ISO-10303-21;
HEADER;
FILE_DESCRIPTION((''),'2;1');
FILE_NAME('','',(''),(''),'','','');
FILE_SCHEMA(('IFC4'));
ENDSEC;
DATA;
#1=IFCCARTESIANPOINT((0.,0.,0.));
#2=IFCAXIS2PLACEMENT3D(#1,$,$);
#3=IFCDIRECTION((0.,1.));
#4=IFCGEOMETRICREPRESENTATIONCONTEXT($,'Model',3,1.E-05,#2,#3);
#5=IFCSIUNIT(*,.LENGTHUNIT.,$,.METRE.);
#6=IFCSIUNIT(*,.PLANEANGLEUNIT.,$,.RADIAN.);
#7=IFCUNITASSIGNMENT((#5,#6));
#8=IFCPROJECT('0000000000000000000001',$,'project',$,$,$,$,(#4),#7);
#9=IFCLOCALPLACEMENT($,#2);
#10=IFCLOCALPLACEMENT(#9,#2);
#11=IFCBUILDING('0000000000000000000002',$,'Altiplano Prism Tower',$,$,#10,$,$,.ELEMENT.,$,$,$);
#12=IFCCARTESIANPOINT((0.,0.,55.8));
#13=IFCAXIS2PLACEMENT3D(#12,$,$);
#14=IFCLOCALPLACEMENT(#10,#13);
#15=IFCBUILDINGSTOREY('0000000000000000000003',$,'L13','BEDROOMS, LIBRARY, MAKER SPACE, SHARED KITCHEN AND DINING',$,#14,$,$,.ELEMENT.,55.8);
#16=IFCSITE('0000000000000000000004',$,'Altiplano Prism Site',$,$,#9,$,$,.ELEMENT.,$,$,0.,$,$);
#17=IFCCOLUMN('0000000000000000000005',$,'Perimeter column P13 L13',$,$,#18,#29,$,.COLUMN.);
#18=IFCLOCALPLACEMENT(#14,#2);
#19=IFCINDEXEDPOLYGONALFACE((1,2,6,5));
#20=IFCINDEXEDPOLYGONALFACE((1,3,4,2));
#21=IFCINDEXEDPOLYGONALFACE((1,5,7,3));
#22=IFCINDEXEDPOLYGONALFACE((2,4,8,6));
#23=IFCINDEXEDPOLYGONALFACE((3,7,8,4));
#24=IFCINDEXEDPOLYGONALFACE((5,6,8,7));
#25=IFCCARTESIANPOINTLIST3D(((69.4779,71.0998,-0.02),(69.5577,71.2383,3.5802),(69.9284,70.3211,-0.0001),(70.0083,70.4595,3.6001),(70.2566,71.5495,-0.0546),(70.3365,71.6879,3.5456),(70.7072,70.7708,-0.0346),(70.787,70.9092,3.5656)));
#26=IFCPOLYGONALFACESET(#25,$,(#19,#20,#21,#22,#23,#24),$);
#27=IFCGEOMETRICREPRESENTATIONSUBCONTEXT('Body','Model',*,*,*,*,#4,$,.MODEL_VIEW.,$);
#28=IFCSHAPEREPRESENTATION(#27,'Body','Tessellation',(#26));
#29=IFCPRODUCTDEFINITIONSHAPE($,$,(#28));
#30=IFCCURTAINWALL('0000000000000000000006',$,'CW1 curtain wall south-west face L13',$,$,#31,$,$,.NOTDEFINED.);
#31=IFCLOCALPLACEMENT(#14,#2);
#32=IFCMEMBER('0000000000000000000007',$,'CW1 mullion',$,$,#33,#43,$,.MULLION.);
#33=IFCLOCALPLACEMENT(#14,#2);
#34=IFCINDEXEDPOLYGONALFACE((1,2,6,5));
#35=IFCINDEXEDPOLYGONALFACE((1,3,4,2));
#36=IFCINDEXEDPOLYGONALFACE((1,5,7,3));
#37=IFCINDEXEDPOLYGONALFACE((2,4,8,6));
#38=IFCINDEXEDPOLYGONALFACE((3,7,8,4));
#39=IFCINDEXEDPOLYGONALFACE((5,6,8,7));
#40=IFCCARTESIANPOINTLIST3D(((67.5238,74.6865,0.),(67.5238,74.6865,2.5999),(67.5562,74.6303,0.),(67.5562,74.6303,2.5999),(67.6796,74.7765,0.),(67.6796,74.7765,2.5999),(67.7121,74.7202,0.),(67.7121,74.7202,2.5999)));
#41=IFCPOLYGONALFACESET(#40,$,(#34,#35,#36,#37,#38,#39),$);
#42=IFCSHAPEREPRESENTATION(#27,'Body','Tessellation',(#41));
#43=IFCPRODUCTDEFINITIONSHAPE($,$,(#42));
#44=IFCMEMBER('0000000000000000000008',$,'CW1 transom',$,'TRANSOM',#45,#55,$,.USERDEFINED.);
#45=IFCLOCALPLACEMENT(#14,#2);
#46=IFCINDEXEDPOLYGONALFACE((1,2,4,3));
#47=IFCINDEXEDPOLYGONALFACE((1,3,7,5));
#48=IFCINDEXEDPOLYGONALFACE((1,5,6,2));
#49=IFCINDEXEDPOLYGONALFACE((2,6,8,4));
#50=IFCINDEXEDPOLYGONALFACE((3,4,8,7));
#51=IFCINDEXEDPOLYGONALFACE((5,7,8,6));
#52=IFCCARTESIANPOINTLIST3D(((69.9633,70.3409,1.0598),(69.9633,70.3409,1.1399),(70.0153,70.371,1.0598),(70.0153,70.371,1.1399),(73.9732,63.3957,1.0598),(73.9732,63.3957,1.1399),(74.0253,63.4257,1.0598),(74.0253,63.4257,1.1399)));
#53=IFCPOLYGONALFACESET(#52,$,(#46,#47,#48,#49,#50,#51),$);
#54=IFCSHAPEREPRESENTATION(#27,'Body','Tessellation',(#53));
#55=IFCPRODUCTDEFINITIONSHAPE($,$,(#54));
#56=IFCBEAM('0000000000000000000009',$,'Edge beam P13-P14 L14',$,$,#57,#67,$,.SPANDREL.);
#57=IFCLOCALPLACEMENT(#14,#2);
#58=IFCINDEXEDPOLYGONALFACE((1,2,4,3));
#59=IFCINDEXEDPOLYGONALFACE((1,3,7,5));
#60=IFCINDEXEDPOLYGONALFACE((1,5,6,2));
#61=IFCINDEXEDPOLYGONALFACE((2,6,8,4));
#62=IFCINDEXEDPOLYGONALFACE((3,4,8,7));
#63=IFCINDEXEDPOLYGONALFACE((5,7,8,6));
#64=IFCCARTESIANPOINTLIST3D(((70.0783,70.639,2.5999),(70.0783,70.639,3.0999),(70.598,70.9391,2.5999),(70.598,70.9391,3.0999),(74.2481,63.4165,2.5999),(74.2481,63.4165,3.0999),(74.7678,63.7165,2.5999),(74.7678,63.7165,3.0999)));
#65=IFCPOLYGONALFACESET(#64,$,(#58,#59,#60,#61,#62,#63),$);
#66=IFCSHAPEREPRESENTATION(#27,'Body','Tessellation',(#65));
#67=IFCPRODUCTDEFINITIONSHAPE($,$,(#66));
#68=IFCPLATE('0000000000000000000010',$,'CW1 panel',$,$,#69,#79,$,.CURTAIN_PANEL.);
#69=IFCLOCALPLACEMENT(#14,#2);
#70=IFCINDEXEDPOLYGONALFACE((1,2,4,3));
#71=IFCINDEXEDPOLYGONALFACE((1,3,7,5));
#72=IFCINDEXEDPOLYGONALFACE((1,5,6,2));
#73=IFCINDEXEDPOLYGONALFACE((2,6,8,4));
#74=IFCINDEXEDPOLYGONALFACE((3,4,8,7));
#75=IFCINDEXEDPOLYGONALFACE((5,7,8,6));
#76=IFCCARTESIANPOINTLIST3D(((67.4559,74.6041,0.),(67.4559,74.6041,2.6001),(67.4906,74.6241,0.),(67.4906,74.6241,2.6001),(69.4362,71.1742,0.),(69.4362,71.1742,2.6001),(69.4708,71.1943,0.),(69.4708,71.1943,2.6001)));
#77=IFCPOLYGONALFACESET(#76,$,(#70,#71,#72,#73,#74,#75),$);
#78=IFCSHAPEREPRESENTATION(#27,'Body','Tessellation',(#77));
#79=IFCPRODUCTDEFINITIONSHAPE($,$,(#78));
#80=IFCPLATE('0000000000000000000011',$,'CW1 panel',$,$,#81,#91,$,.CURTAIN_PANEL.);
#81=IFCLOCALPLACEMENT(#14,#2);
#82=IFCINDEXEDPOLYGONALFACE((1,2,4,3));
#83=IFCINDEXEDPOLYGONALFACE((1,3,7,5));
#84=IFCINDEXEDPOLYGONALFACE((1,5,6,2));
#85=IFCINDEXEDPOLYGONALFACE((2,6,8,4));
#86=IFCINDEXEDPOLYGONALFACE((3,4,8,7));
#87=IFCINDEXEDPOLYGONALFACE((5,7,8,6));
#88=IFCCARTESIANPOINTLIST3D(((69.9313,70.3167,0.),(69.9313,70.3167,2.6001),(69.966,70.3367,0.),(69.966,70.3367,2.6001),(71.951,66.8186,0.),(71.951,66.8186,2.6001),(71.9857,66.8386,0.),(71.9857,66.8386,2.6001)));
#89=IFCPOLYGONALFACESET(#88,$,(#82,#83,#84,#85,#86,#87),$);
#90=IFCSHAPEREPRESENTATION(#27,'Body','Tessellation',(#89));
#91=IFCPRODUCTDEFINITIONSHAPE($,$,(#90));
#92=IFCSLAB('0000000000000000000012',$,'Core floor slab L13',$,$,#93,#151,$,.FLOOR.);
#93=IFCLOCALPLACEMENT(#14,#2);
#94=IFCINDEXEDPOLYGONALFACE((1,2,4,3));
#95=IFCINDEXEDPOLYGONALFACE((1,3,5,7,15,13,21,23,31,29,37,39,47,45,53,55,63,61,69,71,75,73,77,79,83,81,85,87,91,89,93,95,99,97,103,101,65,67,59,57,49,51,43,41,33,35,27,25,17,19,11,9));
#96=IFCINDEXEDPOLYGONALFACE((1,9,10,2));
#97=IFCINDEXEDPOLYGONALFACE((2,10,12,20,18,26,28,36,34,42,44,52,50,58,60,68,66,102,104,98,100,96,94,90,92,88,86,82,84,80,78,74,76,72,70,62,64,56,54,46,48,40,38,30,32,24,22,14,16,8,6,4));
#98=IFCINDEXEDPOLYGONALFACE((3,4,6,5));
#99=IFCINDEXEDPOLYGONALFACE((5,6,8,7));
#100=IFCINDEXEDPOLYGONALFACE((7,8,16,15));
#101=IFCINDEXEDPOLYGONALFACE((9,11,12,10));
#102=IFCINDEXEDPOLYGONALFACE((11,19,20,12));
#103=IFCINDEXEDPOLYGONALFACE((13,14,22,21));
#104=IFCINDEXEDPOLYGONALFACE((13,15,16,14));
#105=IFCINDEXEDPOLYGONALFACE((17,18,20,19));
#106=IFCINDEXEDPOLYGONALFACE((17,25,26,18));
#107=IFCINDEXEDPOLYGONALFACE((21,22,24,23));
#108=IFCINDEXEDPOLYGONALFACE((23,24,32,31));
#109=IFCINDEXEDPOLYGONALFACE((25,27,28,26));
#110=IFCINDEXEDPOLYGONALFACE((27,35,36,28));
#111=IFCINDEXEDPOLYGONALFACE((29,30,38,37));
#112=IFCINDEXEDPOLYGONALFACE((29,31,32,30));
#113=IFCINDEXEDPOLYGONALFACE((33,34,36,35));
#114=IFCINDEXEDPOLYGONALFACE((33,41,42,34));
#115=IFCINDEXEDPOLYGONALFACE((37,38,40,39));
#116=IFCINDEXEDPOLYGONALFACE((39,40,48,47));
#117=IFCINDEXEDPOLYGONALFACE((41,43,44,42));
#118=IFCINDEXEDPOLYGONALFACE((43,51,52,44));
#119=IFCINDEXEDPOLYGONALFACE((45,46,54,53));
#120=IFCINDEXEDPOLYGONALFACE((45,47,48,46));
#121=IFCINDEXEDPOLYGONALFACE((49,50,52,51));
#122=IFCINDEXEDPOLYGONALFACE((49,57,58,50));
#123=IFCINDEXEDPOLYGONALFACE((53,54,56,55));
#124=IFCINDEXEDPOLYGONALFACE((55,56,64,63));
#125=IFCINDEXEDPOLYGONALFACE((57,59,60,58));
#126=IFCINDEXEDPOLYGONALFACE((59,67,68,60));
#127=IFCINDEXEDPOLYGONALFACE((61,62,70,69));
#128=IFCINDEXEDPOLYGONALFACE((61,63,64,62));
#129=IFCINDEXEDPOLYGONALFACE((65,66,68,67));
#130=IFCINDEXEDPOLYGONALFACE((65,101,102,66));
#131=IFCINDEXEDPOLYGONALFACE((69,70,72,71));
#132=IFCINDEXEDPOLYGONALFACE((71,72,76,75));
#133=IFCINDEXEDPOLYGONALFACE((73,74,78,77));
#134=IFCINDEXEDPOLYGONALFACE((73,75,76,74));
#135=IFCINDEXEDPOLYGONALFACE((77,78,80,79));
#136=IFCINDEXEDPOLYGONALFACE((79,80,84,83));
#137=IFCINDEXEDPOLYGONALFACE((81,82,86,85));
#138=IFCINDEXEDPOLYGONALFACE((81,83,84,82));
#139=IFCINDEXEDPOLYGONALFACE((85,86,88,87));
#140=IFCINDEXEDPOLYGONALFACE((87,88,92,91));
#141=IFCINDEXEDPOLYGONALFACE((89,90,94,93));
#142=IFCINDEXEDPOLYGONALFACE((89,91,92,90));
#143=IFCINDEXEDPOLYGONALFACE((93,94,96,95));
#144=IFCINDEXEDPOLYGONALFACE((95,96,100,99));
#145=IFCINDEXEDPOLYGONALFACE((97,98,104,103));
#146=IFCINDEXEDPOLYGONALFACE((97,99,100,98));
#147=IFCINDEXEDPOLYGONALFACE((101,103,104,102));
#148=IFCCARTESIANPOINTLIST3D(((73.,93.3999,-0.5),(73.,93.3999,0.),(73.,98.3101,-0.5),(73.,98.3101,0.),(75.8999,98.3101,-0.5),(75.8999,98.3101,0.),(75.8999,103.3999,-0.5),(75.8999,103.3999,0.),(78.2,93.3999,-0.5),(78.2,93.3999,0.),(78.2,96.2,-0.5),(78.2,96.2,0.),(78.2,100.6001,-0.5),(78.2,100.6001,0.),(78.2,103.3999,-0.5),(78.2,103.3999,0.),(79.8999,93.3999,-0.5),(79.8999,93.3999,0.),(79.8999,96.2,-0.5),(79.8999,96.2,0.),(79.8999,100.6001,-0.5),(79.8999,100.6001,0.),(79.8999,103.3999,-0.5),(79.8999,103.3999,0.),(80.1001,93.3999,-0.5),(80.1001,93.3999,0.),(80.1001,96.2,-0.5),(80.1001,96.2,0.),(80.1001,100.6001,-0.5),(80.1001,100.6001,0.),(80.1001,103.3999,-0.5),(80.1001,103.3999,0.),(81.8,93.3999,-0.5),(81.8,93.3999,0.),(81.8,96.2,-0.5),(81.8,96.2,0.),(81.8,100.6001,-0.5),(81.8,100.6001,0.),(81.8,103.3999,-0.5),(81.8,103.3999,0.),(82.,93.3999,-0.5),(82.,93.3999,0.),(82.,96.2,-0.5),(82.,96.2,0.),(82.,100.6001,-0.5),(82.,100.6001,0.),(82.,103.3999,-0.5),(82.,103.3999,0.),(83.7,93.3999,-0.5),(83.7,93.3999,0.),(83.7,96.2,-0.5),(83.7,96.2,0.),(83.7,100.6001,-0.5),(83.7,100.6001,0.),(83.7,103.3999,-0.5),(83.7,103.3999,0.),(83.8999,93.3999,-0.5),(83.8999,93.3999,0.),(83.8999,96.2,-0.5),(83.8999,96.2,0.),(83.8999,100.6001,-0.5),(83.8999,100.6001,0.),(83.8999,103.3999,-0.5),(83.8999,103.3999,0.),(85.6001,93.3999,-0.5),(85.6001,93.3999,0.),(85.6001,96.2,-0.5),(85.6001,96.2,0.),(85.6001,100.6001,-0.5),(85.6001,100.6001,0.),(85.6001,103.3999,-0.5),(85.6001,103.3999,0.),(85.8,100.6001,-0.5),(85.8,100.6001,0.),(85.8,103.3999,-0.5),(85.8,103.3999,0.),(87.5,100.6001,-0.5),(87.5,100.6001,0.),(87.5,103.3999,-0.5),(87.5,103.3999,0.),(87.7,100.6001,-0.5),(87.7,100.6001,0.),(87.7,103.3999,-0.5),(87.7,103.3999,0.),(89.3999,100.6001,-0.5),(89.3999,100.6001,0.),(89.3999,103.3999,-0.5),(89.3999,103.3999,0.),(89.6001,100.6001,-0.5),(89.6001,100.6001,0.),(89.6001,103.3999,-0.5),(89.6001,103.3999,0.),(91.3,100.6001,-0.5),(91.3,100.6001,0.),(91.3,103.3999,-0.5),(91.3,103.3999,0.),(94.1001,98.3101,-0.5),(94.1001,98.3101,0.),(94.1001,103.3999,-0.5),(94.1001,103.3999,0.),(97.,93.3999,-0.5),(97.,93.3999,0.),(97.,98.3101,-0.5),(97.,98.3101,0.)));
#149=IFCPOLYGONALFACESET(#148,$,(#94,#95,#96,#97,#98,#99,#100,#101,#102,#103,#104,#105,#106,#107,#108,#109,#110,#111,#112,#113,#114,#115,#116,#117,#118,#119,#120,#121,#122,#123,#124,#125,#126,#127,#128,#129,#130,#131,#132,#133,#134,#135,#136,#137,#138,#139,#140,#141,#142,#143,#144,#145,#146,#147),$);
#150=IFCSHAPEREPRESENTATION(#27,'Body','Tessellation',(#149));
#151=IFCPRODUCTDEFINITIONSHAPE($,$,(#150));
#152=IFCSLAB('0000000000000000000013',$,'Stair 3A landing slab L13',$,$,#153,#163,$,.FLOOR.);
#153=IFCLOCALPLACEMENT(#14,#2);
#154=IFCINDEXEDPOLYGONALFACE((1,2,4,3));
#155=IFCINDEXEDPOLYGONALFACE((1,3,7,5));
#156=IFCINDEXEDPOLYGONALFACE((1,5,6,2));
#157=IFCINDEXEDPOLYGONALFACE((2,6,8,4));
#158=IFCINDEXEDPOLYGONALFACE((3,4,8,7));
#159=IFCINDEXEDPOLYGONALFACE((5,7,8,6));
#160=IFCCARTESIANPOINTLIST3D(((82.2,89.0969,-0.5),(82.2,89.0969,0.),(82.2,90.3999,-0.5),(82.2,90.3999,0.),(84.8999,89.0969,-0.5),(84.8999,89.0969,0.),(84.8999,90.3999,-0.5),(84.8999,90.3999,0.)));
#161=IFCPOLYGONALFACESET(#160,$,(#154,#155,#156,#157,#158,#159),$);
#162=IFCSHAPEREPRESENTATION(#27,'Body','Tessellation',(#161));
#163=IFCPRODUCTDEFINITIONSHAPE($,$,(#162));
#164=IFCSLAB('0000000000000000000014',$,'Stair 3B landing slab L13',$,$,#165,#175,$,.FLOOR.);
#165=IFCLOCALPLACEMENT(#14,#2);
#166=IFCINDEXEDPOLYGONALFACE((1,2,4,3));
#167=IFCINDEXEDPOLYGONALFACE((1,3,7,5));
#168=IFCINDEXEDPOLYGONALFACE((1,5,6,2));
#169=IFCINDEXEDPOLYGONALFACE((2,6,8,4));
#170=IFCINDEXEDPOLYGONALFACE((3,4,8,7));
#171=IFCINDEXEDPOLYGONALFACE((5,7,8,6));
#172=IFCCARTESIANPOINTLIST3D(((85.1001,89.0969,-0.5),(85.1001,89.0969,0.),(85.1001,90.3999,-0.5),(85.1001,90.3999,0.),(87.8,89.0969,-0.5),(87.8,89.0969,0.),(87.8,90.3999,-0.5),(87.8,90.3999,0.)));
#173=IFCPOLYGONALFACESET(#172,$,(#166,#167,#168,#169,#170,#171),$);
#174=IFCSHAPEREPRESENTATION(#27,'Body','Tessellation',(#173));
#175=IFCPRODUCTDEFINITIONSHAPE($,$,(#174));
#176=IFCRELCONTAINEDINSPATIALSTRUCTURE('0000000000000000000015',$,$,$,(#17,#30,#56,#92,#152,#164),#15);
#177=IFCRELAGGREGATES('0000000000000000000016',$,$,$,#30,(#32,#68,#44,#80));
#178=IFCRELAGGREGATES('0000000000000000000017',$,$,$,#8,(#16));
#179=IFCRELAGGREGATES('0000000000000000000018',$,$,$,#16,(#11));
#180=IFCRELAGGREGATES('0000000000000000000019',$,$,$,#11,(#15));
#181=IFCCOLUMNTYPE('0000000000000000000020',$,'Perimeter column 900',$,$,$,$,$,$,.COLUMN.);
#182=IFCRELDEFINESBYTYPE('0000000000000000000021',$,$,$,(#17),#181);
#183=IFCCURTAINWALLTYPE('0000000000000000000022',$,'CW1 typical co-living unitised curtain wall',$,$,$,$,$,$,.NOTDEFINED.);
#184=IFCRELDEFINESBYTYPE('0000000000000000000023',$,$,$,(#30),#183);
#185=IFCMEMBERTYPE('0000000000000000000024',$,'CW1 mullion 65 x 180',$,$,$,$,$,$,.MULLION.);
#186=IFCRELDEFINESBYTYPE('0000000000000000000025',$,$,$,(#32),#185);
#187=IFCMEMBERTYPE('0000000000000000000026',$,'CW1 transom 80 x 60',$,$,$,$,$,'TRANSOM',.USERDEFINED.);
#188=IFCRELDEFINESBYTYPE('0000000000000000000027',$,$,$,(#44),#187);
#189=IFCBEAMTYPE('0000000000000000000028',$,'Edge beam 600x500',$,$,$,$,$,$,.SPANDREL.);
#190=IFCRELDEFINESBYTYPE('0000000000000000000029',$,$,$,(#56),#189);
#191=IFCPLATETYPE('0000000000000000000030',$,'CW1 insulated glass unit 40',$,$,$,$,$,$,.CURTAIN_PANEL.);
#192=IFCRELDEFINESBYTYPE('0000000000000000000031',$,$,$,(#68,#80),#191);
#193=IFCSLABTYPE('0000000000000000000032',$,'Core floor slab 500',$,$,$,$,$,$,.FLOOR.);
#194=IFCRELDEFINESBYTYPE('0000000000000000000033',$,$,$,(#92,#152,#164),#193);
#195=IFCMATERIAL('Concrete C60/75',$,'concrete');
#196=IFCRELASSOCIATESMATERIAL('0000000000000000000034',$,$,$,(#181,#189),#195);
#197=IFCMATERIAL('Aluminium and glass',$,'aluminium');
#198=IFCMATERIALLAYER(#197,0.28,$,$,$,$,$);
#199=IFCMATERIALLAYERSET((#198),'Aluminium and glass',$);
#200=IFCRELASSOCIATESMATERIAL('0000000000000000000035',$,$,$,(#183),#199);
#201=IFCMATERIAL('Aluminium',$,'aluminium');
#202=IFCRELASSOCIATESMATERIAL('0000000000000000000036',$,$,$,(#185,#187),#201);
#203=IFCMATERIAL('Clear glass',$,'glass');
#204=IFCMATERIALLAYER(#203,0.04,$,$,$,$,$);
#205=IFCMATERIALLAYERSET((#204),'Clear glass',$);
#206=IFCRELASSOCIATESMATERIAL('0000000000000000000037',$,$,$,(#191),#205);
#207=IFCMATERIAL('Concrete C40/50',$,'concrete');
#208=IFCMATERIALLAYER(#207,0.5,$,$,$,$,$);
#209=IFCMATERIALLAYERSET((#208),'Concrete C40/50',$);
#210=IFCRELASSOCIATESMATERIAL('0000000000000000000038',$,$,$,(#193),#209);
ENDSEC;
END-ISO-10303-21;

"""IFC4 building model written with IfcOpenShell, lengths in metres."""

from ifc_helpers import new_model, si_unit, direction, frame, origin, origin_2d, place, context, subcontext, project, spatial, polyline, rectangle, outline, extrude, material, layer, layer_set, material_profile, profile_set, type_object, element, aggregate, save


model = new_model("IFC4")

# Units and contexts
model_context = context("Model", 3, precision=1e-05, world=origin(), true_north=direction((0.0, 1.0)))
body_context = subcontext(model_context, "Body", "Model", "MODEL_VIEW")
ifc_project = project(units=[si_unit("LENGTHUNIT", "METRE"), si_unit("PLANEANGLEUNIT", "RADIAN")], contexts=[model_context])

# Site, building, storey
site_placement = place(None, origin())
site = spatial("IfcSite", under=ifc_project, at=site_placement, Name="Altiplano Prism Site", CompositionType="ELEMENT", RefElevation=0.0)
building_placement = place(site_placement, origin())
building = spatial("IfcBuilding", under=site, at=building_placement, Name="Altiplano Prism Tower", CompositionType="ELEMENT")
storey_placement = place(building_placement, frame((0.0, 0.0, 55.8)))
storey = spatial("IfcBuildingStorey", under=building, at=storey_placement, Name="L13", Description="BEDROOMS, LIBRARY, MAKER SPACE, SHARED KITCHEN AND DINING", CompositionType="ELEMENT", Elevation=55.8)

# Column
ifc_material_1 = material(Name="Concrete C60/75", Category="concrete")
ifc_material_profile_1 = material_profile(ifc_material_1, rectangle(XDim=0.8999, YDim=0.8999, at=origin_2d()), Name="Perimeter column 900")
ifc_profile_set_1 = profile_set([ifc_material_profile_1], Name="Concrete C60/75")
column_type = type_object("IfcColumnType", Name="Perimeter column 900", PredefinedType="COLUMN", material=ifc_profile_set_1)
column_placement = place(storey_placement, frame((70.0925, 70.9353, -0.0273), z_axis=(0.022154, 0.038413, 0.999016), x_axis=(-0.865362, -0.499674, 0.038403)))
element("IfcColumn", 1, at=column_placement, inside=storey, type_object=column_type, Name="Perimeter column P13 L13", PredefinedType="COLUMN", context=body_context, shape_type="SweptSolid", body=[
    extrude(rectangle(XDim=0.8999, YDim=0.8999, at=origin_2d()), origin(), (0.0, 0.0, 1.0), 3.6038),
])

# Curtain wall, members
ifc_material_2 = material(Name="Aluminium and glass", Category="aluminium")
ifc_layer_1 = layer(ifc_material_2, 0.28)
ifc_layer_set_1 = layer_set([ifc_layer_1], Name="Aluminium and glass")
curtain_wall_type = type_object("IfcCurtainWallType", Name="CW1 typical co-living unitised curtain wall", PredefinedType="NOTDEFINED", material=ifc_layer_set_1)
curtain_wall_placement = place(storey_placement, origin())
curtain_wall = element("IfcCurtainWall", 2, at=curtain_wall_placement, inside=storey, type_object=curtain_wall_type, Name="CW1 curtain wall south-west face L13", PredefinedType="NOTDEFINED")
ifc_material_3 = material(Name="Aluminium", Category="aluminium")
ifc_material_profile_2 = material_profile(ifc_material_3, rectangle(XDim=0.1799, YDim=0.0649, at=origin_2d()), Name="CW1 mullion 65 x 180")
ifc_profile_set_2 = profile_set([ifc_material_profile_2], Name="Aluminium")
member_type_1 = type_object("IfcMemberType", Name="CW1 mullion 65 x 180", PredefinedType="MULLION", material=ifc_profile_set_2)
member_1_placement = place(storey_placement, frame((67.6179, 74.7034, 0.0), z_axis=(0.0, 0.0, 1.0), x_axis=(0.866025, 0.5, 0.0)))
member_1 = element("IfcMember", 3, at=member_1_placement, type_object=member_type_1, Name="CW1 mullion", PredefinedType="MULLION", context=body_context, shape_type="SweptSolid", body=[
    extrude(rectangle(XDim=0.1799, YDim=0.0649, at=origin_2d()), origin(), (0.0, 0.0, 1.0), 2.5999),
])
ifc_material_profile_3 = material_profile(ifc_material_3, rectangle(XDim=0.0601, YDim=0.0801, at=origin_2d()), Name="CW1 transom 80 x 60")
ifc_profile_set_3 = profile_set([ifc_material_profile_3], Name="Aluminium")
member_type_2 = type_object("IfcMemberType", Name="CW1 transom 80 x 60", ElementType="TRANSOM", PredefinedType="USERDEFINED", material=ifc_profile_set_3)
member_2_placement = place(storey_placement, frame((69.9893, 70.356, 1.0999), z_axis=(0.500012, -0.866018, 0.0), x_axis=(0.866018, 0.500012, 0.0)))
member_2 = element("IfcMember", 4, at=member_2_placement, type_object=member_type_2, Name="CW1 transom", ObjectType="TRANSOM", PredefinedType="USERDEFINED", context=body_context, shape_type="SweptSolid", body=[
    extrude(rectangle(XDim=0.0601, YDim=0.0801, at=origin_2d()), origin(), (0.0, 0.0, 1.0), 8.0198),
])

# Beam
ifc_material_profile_4 = material_profile(ifc_material_1, rectangle(XDim=0.6001, YDim=0.5, at=origin_2d()), Name="Edge beam 600x500")
ifc_profile_set_4 = profile_set([ifc_material_profile_4], Name="Concrete C60/75")
beam_type = type_object("IfcBeamType", Name="Edge beam 600x500", PredefinedType="SPANDREL", material=ifc_profile_set_4)
beam_placement = place(storey_placement, frame((70.3381, 70.7891, 2.8499), z_axis=(0.499993, -0.86603, 0.0), x_axis=(0.86603, 0.499993, 0.0)))
element("IfcBeam", 5, at=beam_placement, inside=storey, type_object=beam_type, Name="Edge beam P13-P14 L14", PredefinedType="SPANDREL", context=body_context, shape_type="SweptSolid", body=[
    extrude(rectangle(XDim=0.6001, YDim=0.5, at=origin_2d()), origin(), (0.0, 0.0, 1.0), 8.3398),
])

# Plates
ifc_material_4 = material(Name="Clear glass", Category="glass")
ifc_layer_2 = layer(ifc_material_4, 0.04)
ifc_layer_set_2 = layer_set([ifc_layer_2], Name="Clear glass")
plate_type = type_object("IfcPlateType", Name="CW1 insulated glass unit 40", PredefinedType="CURTAIN_PANEL", material=ifc_layer_set_2)
plate_1_placement = place(storey_placement, frame((68.4634, 72.8992, 0.0), z_axis=(0.0, 0.0, 1.0), x_axis=(0.5, -0.866025, 0.0)))
plate_1 = element("IfcPlate", 6, at=plate_1_placement, type_object=plate_type, Name="CW1 panel", PredefinedType="CURTAIN_PANEL", context=body_context, shape_type="SweptSolid", body=[
    extrude(rectangle(XDim=3.9604, YDim=0.04, at=origin_2d()), origin(), (0.0, 0.0, 1.0), 2.6001),
])
plate_2_placement = place(storey_placement, frame((70.9585, 68.5776, 0.0), z_axis=(0.0, 0.0, 1.0), x_axis=(0.5, -0.866025, 0.0)))
plate_2 = element("IfcPlate", 7, at=plate_2_placement, type_object=plate_type, Name="CW1 panel", PredefinedType="CURTAIN_PANEL", context=body_context, shape_type="SweptSolid", body=[
    extrude(rectangle(XDim=4.0393, YDim=0.04, at=origin_2d()), origin(), (0.0, 0.0, 1.0), 2.6001),
])
aggregate(curtain_wall, [member_1, plate_1, member_2, plate_2])

# Slabs
ifc_material_5 = material(Name="Concrete C40/50", Category="concrete")
ifc_layer_3 = layer(ifc_material_5, 0.5)
ifc_layer_set_3 = layer_set([ifc_layer_3], Name="Concrete C40/50")
slab_type_1 = type_object("IfcSlabType", Name="Core floor slab 500", PredefinedType="FLOOR", material=ifc_layer_set_3)
slab_1_placement = place(storey_placement, frame((0.0, 0.0, -0.5)))
element("IfcSlab", 8, at=slab_1_placement, inside=storey, type_object=slab_type_1, Name="Core floor slab L13", PredefinedType="FLOOR", context=body_context, shape_type="SweptSolid", body=[
    extrude(outline(polyline([(97.0, 98.3101), (94.1001, 98.3101), (94.1001, 103.3999), (91.3, 103.3999), (91.3, 100.6001), (89.6001, 100.6001), (89.6001, 103.3999), (89.3999, 103.3999), (89.3999, 100.6001), (87.7, 100.6001), (87.7, 103.3999), (87.5, 103.3999), (87.5, 100.6001), (85.8, 100.6001), (85.8, 103.3999), (85.6001, 103.3999), (85.6001, 100.6001), (83.8999, 100.6001), (83.8999, 103.3999), (83.7, 103.3999), (83.7, 100.6001), (82.0, 100.6001), (82.0, 103.3999), (81.8, 103.3999), (81.8, 100.6001), (80.1001, 100.6001), (80.1001, 103.3999), (79.8999, 103.3999), (79.8999, 100.6001), (78.2, 100.6001), (78.2, 103.3999), (75.8999, 103.3999), (75.8999, 98.3101), (73.0, 98.3101), (73.0, 93.3999), (78.2, 93.3999), (78.2, 96.2), (79.8999, 96.2), (79.8999, 93.3999), (80.1001, 93.3999), (80.1001, 96.2), (81.8, 96.2), (81.8, 93.3999), (82.0, 93.3999), (82.0, 96.2), (83.7, 96.2), (83.7, 93.3999), (83.8999, 93.3999), (83.8999, 96.2), (85.6001, 96.2), (85.6001, 93.3999), (97.0, 93.3999), (97.0, 98.3101)])), origin(), (0.0, 0.0, 1.0), 0.5),
])
slab_2_placement = place(storey_placement, frame((0.0, 0.0, -0.5)))
element("IfcSlab", 9, at=slab_2_placement, inside=storey, type_object=slab_type_1, Name="Stair 3A landing slab L13", PredefinedType="FLOOR", context=body_context, shape_type="SweptSolid", body=[
    extrude(outline(polyline([(82.2, 89.0969), (84.8999, 89.0969), (84.8999, 90.3999), (82.2, 90.3999), (82.2, 89.0969)])), origin(), (0.0, 0.0, 1.0), 0.5),
])
slab_3_placement = place(storey_placement, frame((0.0, 0.0, -0.5)))
element("IfcSlab", 10, at=slab_3_placement, inside=storey, type_object=slab_type_1, Name="Stair 3B landing slab L13", PredefinedType="FLOOR", context=body_context, shape_type="SweptSolid", body=[
    extrude(outline(polyline([(85.1001, 89.0969), (87.8, 89.0969), (87.8, 90.3999), (85.1001, 90.3999), (85.1001, 89.0969)])), origin(), (0.0, 0.0, 1.0), 0.5),
])

save(model, "model.ifc")
